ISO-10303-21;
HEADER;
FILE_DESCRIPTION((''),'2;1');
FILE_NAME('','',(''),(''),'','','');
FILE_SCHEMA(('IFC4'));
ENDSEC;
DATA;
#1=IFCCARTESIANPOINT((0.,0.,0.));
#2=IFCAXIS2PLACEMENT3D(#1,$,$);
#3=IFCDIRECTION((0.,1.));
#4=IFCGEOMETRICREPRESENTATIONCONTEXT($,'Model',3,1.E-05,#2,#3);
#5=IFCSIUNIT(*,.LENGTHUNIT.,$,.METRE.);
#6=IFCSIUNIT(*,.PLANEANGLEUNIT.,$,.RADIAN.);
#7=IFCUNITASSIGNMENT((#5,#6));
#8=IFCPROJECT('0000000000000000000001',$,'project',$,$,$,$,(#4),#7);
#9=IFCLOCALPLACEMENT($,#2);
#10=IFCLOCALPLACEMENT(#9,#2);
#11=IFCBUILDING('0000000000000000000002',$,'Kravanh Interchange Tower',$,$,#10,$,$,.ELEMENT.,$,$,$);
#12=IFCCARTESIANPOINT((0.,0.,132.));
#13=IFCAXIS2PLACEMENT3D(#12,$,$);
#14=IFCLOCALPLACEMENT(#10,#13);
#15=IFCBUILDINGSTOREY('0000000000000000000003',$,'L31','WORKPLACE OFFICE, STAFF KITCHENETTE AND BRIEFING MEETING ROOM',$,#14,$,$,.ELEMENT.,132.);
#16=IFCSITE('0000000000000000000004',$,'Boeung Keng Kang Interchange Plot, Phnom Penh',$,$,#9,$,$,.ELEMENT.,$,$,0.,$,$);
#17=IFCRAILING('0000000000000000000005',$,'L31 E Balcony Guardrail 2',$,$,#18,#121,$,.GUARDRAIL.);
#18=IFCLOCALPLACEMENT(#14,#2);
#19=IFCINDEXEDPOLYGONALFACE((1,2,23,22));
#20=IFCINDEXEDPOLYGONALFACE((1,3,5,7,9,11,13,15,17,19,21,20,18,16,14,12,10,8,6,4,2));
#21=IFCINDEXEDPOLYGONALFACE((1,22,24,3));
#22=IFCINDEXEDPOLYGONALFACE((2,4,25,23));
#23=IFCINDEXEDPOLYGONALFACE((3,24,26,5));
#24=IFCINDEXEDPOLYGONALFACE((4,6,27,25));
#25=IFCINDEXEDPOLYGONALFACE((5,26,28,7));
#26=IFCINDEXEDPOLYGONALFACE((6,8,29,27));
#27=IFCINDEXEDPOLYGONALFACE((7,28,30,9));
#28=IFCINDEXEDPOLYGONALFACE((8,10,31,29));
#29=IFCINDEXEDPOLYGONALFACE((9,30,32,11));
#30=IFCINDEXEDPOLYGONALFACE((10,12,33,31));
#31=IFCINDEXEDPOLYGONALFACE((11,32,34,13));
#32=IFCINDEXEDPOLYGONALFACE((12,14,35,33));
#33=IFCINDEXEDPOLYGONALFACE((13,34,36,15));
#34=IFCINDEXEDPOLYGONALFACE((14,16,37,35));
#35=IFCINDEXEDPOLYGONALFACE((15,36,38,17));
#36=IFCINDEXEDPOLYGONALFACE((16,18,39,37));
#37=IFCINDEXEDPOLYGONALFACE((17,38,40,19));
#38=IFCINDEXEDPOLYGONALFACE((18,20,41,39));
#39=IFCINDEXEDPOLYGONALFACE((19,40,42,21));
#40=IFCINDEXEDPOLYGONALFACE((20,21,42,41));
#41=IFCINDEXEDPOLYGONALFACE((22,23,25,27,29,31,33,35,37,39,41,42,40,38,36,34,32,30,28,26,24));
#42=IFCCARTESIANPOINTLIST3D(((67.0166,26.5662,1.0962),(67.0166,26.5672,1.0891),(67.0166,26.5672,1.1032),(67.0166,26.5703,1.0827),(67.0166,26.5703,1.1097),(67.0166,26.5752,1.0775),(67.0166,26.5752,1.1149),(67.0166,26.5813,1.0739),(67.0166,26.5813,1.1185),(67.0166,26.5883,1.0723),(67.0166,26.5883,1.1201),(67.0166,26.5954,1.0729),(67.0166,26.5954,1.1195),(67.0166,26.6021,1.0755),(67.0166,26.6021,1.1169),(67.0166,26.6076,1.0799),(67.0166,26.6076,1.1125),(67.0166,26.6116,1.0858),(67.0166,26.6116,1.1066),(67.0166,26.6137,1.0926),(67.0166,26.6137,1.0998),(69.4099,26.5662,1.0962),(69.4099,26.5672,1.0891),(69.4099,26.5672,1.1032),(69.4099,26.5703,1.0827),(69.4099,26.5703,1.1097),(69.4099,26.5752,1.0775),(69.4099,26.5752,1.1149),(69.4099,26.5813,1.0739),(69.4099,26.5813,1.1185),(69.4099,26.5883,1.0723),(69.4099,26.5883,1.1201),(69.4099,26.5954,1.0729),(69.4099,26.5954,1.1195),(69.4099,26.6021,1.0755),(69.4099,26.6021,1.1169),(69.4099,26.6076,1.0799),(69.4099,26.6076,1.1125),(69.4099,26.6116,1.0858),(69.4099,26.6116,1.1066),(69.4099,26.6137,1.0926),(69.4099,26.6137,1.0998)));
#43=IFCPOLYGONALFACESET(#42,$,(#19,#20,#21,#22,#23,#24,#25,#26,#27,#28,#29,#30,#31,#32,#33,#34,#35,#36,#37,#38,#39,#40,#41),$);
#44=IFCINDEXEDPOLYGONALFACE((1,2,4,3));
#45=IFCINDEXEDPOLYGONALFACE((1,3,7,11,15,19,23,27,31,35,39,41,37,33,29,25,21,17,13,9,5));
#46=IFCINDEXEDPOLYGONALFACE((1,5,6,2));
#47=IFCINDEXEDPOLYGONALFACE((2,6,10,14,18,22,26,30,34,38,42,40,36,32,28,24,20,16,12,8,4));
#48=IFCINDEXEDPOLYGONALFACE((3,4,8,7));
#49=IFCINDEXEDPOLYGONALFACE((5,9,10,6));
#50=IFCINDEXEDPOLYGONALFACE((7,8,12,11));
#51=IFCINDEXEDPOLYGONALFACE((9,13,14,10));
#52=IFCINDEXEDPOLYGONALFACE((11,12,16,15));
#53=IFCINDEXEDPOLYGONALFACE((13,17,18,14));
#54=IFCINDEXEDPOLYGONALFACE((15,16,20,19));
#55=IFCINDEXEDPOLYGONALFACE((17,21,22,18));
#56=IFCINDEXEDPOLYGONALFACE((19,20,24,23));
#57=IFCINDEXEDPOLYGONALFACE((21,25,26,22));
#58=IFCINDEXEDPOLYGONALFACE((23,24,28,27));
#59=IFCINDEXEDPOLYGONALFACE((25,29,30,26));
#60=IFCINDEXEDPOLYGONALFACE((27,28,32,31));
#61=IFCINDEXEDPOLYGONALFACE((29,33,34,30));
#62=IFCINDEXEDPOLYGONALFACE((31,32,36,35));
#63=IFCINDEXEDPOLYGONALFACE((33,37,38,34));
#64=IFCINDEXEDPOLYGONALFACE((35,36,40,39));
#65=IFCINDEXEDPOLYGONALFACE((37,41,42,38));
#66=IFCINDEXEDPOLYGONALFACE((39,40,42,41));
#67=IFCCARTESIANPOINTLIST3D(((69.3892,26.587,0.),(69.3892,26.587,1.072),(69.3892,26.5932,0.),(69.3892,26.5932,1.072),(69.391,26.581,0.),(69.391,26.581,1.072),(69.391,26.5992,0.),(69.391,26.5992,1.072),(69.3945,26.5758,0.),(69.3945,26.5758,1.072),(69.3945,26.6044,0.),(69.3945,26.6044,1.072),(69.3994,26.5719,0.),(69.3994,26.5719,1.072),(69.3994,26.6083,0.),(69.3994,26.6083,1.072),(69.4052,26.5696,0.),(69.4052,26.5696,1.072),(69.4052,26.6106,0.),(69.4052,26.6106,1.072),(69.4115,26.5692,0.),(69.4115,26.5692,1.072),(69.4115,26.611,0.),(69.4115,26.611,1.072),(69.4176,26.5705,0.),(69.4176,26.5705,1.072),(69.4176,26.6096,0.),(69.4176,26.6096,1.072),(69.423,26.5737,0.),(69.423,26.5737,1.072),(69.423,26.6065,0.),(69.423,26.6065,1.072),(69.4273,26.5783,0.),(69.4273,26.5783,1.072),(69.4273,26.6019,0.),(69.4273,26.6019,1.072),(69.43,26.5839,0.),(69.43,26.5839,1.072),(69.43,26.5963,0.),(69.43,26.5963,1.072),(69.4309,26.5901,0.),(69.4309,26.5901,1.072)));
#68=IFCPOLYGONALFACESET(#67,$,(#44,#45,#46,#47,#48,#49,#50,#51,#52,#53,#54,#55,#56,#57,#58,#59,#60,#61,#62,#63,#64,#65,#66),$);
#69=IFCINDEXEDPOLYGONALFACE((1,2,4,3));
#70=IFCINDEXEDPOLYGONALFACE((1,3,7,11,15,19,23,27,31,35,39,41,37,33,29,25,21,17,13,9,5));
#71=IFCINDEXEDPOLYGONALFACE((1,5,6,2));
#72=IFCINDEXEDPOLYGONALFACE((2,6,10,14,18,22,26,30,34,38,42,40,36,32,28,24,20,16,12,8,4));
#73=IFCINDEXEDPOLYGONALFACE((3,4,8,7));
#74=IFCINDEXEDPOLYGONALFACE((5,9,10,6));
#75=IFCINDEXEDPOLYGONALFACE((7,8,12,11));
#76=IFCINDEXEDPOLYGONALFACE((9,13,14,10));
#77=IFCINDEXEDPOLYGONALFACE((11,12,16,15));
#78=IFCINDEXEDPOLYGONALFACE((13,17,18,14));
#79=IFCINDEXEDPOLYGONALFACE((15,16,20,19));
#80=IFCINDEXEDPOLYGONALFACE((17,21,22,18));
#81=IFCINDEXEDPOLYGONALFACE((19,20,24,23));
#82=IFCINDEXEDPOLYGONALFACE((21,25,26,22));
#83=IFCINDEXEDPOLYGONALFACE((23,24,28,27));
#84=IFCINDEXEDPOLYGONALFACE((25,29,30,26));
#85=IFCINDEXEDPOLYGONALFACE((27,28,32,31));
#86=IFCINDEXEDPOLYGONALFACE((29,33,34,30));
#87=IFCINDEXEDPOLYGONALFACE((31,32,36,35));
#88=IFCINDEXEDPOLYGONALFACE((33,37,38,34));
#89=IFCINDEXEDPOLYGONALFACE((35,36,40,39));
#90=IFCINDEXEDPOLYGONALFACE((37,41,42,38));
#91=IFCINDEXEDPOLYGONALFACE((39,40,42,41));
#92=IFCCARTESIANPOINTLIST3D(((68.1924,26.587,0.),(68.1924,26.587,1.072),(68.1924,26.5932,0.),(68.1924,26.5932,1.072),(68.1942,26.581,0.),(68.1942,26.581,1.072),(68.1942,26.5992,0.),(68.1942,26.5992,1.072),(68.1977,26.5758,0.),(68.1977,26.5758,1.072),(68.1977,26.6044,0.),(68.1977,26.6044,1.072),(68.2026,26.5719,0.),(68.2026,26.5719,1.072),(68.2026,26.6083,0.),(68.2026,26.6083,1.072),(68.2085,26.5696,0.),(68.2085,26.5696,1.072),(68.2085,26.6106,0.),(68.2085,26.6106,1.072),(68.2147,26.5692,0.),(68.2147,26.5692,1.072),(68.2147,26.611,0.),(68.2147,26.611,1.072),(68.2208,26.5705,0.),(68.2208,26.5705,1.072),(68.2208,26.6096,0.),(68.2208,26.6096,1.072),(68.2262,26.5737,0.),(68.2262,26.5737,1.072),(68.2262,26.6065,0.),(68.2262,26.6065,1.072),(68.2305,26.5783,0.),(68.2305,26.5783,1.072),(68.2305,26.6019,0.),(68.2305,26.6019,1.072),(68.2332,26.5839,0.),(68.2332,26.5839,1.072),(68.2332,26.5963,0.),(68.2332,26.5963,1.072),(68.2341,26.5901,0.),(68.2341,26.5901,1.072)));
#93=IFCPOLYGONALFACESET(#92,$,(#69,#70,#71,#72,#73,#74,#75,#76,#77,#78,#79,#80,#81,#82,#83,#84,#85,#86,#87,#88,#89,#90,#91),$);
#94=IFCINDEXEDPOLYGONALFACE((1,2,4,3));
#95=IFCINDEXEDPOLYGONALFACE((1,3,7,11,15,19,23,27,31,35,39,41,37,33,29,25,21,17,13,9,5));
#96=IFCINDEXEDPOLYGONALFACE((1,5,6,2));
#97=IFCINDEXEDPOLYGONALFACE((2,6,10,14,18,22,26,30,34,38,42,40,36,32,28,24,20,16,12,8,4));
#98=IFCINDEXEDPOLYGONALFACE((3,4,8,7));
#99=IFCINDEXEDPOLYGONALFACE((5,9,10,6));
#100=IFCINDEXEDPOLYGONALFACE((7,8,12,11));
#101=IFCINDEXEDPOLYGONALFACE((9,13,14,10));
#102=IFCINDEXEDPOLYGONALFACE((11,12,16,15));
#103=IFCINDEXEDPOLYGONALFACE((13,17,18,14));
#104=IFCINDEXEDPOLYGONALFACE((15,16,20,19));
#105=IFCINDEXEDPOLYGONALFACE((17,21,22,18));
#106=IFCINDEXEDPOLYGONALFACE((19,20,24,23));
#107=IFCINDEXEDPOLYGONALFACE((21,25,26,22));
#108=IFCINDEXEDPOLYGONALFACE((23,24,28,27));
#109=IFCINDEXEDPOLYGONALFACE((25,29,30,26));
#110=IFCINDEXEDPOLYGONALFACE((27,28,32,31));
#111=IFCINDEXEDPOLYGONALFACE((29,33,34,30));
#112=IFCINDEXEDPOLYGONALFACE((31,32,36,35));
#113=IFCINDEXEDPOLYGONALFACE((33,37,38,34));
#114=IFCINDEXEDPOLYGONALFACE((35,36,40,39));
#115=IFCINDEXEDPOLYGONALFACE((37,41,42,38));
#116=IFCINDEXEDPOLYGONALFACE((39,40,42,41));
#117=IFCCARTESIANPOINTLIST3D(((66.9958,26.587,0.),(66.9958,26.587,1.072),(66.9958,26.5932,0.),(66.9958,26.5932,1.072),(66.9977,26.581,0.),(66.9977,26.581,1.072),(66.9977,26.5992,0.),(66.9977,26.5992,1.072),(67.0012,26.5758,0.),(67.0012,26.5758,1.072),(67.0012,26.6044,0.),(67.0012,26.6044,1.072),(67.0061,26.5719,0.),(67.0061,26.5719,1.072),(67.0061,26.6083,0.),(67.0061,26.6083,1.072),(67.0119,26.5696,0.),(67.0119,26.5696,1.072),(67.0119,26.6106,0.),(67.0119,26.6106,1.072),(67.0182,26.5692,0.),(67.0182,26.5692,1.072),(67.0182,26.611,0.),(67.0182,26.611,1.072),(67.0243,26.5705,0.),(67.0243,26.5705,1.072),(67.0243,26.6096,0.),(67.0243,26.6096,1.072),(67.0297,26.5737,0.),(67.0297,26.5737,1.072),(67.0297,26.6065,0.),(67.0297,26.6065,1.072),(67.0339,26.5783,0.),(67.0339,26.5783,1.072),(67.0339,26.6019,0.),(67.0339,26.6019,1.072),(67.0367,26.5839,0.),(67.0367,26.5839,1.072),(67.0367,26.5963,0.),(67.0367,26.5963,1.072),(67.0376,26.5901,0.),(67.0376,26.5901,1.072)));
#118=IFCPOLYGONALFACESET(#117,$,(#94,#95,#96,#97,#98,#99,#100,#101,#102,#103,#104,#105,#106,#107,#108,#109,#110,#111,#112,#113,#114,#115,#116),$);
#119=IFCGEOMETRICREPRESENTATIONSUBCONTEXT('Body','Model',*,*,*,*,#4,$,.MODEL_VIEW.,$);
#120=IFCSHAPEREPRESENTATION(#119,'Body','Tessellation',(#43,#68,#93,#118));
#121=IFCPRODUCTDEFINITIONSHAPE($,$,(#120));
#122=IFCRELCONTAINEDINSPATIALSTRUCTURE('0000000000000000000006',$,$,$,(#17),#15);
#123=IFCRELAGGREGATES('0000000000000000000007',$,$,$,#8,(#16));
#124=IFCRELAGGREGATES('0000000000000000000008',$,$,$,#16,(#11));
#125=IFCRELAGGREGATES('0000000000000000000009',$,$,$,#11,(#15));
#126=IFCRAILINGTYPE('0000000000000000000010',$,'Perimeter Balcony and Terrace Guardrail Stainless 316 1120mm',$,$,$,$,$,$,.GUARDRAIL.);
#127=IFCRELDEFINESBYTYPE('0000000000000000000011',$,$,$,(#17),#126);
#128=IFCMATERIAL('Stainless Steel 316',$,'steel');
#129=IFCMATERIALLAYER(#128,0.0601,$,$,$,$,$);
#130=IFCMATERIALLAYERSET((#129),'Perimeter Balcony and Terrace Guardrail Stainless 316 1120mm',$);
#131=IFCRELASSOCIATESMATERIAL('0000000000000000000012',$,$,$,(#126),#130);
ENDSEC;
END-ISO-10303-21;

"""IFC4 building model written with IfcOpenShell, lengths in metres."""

from ifc_helpers import new_model, si_unit, direction, frame, origin, origin_2d, place, context, subcontext, project, spatial, circle, extrude, material, layer, layer_set, type_object, element, save


model = new_model("IFC4")

# Units and contexts
model_context = context("Model", 3, precision=1e-05, world=origin(), true_north=direction((0.0, 1.0)))
body_context = subcontext(model_context, "Body", "Model", "MODEL_VIEW")
ifc_project = project(units=[si_unit("LENGTHUNIT", "METRE"), si_unit("PLANEANGLEUNIT", "RADIAN")], contexts=[model_context])

# Site, building, storey
site_placement = place(None, origin())
site = spatial("IfcSite", under=ifc_project, at=site_placement, Name="Boeung Keng Kang Interchange Plot, Phnom Penh", CompositionType="ELEMENT", RefElevation=0.0)
building_placement = place(site_placement, origin())
building = spatial("IfcBuilding", under=site, at=building_placement, Name="Kravanh Interchange Tower", CompositionType="ELEMENT")
storey_placement = place(building_placement, frame((0.0, 0.0, 132.0)))
storey = spatial("IfcBuildingStorey", under=building, at=storey_placement, Name="L31", Description="WORKPLACE OFFICE, STAFF KITCHENETTE AND BRIEFING MEETING ROOM", CompositionType="ELEMENT", Elevation=132.0)

# Railing
ifc_material_1 = material(Name="Stainless Steel 316", Category="steel")
ifc_layer_1 = layer(ifc_material_1, 0.0601)
ifc_layer_set_1 = layer_set([ifc_layer_1], Name="Perimeter Balcony and Terrace Guardrail Stainless 316 1120mm")
railing_type = type_object("IfcRailingType", Name="Perimeter Balcony and Terrace Guardrail Stainless 316 1120mm", PredefinedType="GUARDRAIL", material=ifc_layer_set_1)
railing_placement = place(storey_placement, frame((69.4099, 26.5901, 0.0)))
element("IfcRailing", 1, at=railing_placement, inside=storey, type_object=railing_type, Name="L31 E Balcony Guardrail 2", PredefinedType="GUARDRAIL", context=body_context, shape_type="SweptSolid", body=[
    extrude(circle(Radius=0.0239, at=origin_2d()), frame((0.0, 0.0, 1.0962), z_axis=(-1.0, 0.0, 0.0), x_axis=(0.0, -1.0, 0.0)), (0.0, 0.0, 1.0), 2.3933),
    extrude(circle(Radius=0.021, at=origin_2d()), origin(), (0.0, 0.0, 1.0), 1.072),
    extrude(circle(Radius=0.021, at=origin_2d()), frame((-1.1968, 0.0, 0.0)), (0.0, 0.0, 1.0), 1.072),
    extrude(circle(Radius=0.021, at=origin_2d()), frame((-2.3933, 0.0, 0.0)), (0.0, 0.0, 1.0), 1.072),
])

save(model, "model.ifc")
